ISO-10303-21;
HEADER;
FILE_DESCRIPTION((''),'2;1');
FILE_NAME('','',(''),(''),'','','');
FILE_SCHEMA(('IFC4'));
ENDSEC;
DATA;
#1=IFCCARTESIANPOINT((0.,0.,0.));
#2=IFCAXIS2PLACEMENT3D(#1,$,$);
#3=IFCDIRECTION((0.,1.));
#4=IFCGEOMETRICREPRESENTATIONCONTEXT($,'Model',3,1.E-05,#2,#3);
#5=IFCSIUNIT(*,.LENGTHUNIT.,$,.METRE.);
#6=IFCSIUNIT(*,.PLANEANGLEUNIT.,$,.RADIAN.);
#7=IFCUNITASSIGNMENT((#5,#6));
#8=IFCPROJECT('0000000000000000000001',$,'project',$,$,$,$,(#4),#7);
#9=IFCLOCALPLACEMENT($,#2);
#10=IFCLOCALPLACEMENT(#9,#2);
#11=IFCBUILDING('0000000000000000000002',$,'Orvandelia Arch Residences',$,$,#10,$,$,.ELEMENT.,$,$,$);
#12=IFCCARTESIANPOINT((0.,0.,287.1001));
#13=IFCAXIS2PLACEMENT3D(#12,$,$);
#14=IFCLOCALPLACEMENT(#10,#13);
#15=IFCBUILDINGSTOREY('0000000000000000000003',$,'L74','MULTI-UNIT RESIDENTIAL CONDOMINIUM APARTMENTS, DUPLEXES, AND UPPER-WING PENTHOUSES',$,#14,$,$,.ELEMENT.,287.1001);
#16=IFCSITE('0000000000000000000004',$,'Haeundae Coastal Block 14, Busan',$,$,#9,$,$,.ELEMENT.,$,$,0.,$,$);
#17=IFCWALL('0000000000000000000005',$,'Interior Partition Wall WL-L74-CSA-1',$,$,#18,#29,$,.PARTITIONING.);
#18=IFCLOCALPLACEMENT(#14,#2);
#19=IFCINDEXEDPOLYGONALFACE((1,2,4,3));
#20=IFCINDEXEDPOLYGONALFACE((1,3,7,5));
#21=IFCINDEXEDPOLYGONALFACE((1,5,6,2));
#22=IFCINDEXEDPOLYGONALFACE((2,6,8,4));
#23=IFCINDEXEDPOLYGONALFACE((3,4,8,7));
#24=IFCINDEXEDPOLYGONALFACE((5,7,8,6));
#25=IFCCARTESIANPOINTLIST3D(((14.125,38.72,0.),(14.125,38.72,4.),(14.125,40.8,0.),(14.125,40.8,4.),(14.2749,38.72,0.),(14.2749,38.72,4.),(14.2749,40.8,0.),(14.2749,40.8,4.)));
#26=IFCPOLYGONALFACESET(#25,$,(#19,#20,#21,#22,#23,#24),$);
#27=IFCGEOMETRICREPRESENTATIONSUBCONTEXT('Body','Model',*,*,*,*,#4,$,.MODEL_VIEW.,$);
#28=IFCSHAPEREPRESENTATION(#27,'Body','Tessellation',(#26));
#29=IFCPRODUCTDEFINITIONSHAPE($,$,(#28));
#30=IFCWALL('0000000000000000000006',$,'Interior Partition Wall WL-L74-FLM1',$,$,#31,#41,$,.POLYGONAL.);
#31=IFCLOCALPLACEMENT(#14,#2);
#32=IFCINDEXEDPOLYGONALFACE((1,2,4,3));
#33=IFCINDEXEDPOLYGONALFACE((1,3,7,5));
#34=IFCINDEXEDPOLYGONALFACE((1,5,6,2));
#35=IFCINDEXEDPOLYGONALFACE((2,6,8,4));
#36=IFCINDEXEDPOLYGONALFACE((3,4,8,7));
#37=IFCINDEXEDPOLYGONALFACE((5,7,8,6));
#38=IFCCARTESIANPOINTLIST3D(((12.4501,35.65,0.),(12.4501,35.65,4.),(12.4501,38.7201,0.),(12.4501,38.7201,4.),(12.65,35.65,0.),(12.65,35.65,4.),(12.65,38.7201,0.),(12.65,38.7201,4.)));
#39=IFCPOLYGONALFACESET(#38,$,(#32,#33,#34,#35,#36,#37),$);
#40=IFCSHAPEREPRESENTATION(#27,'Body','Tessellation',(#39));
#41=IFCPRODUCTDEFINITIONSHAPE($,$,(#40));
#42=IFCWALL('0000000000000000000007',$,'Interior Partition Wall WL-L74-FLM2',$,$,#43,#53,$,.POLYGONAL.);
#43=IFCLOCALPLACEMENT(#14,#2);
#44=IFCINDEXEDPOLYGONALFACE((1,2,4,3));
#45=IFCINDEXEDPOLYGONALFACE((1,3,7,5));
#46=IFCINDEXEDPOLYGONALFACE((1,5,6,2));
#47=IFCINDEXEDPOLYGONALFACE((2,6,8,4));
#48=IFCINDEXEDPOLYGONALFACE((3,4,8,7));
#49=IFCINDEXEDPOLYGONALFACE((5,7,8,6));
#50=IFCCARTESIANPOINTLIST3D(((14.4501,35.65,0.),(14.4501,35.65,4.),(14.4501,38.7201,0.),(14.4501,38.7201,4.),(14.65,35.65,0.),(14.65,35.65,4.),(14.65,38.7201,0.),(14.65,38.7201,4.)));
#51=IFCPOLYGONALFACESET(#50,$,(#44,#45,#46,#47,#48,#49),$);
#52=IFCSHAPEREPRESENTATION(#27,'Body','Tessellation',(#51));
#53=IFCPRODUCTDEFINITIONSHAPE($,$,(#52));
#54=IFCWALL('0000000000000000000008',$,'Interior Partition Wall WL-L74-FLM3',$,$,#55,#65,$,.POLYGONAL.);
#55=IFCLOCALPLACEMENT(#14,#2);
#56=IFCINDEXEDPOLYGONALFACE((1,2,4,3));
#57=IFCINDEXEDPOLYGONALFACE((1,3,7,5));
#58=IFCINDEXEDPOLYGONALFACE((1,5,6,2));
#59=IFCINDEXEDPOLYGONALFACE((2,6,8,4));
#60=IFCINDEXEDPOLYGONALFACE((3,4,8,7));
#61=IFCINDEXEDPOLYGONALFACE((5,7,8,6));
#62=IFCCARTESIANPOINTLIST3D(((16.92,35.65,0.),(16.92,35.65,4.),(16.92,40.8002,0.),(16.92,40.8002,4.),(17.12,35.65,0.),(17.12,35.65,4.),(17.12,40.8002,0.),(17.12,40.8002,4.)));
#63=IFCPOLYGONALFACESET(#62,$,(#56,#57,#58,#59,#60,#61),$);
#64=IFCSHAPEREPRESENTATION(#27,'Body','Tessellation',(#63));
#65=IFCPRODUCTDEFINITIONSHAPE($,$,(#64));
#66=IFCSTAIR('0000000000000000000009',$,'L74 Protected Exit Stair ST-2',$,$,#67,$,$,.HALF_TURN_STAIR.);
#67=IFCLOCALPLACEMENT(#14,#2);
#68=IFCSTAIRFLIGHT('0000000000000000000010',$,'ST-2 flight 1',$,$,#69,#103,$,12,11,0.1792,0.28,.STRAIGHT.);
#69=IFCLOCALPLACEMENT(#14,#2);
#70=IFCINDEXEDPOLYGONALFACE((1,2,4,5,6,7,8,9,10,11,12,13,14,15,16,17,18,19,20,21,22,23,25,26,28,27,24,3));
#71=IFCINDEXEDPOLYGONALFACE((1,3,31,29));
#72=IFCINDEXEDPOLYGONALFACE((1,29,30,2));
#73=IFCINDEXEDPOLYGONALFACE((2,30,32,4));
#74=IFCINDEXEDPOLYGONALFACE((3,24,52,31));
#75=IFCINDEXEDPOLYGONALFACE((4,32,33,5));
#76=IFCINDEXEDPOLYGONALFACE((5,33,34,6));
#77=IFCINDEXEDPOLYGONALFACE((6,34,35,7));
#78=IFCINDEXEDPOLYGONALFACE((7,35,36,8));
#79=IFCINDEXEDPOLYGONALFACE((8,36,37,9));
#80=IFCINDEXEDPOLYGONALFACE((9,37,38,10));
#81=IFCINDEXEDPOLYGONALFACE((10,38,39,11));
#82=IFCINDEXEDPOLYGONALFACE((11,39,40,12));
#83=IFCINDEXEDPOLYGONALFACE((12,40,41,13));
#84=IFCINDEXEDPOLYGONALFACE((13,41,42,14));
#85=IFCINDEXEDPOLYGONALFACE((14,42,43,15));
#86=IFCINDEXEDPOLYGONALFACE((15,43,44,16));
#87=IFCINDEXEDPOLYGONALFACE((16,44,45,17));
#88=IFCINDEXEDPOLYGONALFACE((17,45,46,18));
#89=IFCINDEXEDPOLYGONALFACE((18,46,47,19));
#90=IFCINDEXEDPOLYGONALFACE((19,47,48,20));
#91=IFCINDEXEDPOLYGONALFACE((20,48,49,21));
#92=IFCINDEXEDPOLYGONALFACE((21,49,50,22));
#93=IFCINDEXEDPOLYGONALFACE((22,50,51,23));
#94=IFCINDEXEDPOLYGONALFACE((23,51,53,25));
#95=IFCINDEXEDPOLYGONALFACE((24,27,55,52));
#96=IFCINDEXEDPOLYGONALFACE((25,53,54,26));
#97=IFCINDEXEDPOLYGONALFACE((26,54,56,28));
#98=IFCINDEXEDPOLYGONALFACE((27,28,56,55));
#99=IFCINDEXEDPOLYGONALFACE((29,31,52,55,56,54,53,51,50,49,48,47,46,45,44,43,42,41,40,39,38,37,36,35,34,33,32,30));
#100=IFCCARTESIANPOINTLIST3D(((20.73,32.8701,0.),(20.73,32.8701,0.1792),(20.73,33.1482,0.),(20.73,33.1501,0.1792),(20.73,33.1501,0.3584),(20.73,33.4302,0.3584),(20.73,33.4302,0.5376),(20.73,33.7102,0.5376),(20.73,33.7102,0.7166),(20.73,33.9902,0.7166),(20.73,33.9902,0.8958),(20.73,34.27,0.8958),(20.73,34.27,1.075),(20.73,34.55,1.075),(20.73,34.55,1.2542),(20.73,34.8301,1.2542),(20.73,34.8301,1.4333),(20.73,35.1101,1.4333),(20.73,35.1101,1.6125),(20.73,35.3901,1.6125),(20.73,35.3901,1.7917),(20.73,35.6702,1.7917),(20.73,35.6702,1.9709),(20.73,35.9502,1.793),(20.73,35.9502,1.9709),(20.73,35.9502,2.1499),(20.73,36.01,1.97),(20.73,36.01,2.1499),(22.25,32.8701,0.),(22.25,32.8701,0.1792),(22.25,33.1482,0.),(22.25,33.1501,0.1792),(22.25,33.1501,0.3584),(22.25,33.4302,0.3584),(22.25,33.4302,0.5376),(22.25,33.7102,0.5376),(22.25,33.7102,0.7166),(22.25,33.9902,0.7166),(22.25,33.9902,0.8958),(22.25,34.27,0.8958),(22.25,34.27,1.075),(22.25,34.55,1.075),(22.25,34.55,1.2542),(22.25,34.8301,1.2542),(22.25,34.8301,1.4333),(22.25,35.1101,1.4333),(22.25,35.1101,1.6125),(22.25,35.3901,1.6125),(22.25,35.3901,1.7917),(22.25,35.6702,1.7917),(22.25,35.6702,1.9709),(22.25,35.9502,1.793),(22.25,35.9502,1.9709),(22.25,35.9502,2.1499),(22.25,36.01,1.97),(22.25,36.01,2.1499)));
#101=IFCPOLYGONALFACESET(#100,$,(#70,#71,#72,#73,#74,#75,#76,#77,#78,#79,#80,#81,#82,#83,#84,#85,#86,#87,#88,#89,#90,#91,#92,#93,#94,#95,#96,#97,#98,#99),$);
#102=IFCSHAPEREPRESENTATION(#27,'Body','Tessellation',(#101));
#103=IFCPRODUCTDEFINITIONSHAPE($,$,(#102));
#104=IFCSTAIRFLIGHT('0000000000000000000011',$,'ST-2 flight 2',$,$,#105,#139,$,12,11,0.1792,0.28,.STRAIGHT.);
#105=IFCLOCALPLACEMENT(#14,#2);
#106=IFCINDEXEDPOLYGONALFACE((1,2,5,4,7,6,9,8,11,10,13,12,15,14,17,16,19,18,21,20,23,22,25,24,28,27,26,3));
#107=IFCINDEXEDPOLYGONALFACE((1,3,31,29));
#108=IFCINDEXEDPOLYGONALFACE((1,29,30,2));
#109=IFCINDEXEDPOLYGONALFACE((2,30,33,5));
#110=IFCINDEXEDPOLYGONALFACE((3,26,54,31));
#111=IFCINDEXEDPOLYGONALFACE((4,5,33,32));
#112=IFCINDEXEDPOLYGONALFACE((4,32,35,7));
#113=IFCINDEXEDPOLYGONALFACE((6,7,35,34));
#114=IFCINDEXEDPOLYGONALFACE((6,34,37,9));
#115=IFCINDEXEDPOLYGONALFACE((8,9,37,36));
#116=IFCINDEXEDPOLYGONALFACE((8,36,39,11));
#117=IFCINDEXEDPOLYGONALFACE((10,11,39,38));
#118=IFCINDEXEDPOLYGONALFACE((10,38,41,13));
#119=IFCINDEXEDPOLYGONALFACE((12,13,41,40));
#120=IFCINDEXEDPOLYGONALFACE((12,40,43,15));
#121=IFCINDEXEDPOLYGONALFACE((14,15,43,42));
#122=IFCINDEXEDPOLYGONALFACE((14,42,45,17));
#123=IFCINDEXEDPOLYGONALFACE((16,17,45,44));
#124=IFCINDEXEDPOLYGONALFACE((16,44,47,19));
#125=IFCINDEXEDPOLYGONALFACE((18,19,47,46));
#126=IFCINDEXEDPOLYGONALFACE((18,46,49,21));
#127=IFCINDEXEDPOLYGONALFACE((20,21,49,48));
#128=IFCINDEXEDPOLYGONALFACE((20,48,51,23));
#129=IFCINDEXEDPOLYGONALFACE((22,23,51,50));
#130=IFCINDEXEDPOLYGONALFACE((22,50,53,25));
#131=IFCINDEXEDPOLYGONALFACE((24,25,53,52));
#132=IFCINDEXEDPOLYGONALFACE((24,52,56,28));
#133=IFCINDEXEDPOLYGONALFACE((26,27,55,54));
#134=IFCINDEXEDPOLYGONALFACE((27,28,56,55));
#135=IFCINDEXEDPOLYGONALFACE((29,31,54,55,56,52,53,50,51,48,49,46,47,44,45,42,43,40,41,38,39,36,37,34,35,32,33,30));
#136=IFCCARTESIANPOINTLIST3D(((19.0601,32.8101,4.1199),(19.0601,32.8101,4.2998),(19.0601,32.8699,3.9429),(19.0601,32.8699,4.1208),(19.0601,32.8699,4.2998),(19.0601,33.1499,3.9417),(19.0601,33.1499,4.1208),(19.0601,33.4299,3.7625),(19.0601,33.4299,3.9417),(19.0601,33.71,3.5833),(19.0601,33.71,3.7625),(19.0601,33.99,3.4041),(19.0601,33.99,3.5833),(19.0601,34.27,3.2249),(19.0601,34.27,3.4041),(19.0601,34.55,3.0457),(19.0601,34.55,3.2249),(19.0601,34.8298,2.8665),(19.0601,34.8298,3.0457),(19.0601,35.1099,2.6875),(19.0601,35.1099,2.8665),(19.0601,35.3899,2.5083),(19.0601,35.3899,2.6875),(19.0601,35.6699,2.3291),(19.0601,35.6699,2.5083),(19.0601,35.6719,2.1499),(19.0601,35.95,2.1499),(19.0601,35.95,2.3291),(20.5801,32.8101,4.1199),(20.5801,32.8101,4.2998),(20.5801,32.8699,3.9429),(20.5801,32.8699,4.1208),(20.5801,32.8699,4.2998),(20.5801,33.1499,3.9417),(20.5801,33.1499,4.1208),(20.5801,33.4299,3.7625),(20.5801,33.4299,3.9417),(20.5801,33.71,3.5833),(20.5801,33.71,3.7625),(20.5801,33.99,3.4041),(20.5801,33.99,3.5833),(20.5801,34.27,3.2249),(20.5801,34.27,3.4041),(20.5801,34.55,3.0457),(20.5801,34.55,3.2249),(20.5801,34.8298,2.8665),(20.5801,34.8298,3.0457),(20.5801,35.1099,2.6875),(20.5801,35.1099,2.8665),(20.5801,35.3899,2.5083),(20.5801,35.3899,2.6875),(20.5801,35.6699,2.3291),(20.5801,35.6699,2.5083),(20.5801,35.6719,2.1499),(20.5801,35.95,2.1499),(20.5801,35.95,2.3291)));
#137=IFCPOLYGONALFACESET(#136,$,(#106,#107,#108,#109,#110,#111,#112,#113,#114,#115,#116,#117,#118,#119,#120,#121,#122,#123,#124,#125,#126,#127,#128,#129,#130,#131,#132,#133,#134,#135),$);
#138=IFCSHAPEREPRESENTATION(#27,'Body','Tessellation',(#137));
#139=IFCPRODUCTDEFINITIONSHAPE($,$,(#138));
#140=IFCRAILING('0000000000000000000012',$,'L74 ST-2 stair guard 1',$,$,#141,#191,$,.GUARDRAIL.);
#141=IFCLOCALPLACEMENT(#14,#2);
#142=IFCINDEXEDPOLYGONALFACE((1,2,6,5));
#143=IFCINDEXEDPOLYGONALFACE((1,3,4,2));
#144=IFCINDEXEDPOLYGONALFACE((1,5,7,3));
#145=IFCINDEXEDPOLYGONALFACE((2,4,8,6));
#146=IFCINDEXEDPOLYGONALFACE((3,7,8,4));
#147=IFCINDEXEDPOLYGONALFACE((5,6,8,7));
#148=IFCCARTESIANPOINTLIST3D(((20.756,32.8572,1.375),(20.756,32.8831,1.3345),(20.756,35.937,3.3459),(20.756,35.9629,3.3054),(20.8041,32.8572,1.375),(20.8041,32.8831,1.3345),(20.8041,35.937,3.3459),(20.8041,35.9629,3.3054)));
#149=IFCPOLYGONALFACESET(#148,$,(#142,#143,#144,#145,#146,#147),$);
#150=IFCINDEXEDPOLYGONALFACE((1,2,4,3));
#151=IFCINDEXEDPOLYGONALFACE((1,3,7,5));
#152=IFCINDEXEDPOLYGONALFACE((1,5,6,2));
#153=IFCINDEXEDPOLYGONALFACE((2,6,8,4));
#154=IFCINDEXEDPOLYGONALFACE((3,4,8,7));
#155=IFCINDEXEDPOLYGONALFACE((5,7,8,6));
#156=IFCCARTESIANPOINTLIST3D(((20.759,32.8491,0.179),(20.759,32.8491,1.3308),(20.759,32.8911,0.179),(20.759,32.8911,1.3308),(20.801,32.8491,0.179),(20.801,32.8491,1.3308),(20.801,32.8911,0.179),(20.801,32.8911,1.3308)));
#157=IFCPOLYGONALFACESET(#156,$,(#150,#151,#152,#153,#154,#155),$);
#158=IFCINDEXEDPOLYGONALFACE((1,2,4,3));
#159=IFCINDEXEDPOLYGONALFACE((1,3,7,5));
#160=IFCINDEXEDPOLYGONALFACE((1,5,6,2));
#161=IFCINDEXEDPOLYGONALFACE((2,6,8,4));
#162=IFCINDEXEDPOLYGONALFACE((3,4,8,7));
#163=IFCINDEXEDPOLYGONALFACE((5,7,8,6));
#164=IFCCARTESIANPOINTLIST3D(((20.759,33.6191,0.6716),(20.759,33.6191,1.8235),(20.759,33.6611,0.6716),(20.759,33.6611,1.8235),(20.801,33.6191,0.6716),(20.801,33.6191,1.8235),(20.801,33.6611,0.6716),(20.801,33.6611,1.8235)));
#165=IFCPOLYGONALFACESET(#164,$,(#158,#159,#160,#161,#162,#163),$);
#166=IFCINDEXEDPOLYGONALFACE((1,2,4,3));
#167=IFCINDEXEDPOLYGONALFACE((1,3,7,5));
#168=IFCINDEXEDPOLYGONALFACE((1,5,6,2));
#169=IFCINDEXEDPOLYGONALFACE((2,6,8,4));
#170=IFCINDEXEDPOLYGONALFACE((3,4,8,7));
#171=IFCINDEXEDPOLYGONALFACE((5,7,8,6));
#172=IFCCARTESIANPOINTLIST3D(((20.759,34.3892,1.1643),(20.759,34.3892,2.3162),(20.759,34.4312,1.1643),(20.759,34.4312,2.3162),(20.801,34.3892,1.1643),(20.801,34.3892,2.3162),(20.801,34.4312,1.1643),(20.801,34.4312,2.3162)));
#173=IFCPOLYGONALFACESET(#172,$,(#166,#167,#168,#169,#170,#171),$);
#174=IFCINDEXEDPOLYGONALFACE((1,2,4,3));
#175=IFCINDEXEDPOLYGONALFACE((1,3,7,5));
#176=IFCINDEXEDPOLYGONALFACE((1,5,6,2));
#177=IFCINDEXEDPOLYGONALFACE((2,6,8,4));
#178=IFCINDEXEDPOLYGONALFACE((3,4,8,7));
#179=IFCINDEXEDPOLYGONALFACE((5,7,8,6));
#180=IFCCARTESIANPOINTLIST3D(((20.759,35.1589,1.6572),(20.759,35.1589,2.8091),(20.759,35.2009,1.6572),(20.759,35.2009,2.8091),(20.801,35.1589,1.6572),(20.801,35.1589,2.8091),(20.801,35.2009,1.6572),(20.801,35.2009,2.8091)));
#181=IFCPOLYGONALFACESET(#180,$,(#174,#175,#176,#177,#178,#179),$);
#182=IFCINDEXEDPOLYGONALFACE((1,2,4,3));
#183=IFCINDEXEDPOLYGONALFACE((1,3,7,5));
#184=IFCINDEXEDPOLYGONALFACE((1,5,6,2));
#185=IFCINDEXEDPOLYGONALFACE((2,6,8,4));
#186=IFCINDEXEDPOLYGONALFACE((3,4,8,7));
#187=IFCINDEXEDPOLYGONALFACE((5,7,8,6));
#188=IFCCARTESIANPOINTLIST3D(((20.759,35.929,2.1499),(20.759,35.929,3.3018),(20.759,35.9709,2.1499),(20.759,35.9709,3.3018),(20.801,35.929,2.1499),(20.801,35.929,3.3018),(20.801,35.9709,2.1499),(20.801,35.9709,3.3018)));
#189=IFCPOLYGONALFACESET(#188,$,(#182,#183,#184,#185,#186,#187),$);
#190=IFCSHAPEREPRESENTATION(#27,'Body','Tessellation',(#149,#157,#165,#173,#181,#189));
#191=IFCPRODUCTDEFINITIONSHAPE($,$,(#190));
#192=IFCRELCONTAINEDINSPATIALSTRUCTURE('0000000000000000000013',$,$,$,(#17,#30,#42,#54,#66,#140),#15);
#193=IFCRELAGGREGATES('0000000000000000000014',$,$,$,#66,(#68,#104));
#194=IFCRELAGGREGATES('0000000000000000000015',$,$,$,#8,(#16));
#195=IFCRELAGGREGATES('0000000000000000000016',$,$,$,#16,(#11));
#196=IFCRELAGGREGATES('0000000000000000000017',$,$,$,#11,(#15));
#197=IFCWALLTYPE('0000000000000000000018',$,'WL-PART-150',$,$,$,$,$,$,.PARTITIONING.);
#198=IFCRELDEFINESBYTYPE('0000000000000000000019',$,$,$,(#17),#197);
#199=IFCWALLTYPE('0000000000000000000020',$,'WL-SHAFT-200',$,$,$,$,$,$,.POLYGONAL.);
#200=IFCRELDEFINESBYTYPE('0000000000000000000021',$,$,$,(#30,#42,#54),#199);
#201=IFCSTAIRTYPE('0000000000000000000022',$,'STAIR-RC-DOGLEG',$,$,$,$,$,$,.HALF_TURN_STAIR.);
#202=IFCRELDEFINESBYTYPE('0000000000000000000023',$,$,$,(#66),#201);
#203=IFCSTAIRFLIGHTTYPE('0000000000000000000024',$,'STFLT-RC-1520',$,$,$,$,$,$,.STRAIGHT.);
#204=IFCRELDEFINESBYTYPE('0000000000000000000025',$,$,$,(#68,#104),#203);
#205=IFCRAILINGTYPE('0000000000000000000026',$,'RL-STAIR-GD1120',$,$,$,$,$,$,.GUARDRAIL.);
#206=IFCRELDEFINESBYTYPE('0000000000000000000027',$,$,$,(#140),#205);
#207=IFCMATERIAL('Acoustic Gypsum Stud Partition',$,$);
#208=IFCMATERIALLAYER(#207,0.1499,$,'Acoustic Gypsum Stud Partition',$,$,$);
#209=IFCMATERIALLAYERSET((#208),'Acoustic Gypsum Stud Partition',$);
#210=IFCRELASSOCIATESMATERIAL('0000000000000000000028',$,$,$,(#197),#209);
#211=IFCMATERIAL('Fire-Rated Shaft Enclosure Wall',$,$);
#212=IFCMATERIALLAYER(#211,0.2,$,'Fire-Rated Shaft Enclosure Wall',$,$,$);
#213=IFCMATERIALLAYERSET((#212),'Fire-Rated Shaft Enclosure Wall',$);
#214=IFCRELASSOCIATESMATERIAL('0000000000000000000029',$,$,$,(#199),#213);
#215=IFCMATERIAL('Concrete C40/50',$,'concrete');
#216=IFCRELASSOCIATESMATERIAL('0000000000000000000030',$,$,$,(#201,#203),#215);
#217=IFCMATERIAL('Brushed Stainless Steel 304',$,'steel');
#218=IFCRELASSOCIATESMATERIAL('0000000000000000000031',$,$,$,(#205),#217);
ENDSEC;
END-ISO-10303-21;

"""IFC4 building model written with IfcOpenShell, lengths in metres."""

from ifc_helpers import new_model, si_unit, direction, frame, frame_2d, origin, origin_2d, place, context, subcontext, project, spatial, polyline, rectangle, outline, extrude, material, layer, layer_set, type_object, element, aggregate, save


model = new_model("IFC4")

# Units and contexts
model_context = context("Model", 3, precision=1e-05, world=origin(), true_north=direction((0.0, 1.0)))
body_context = subcontext(model_context, "Body", "Model", "MODEL_VIEW")
ifc_project = project(units=[si_unit("LENGTHUNIT", "METRE"), si_unit("PLANEANGLEUNIT", "RADIAN")], contexts=[model_context])

# Site, building, storey
site_placement = place(None, origin())
site = spatial("IfcSite", under=ifc_project, at=site_placement, Name="Haeundae Coastal Block 14, Busan", CompositionType="ELEMENT", RefElevation=0.0)
building_placement = place(site_placement, origin())
building = spatial("IfcBuilding", under=site, at=building_placement, Name="Orvandelia Arch Residences", CompositionType="ELEMENT")
storey_placement = place(building_placement, frame((0.0, 0.0, 287.1001)))
storey = spatial("IfcBuildingStorey", under=building, at=storey_placement, Name="L74", Description="MULTI-UNIT RESIDENTIAL CONDOMINIUM APARTMENTS, DUPLEXES, AND UPPER-WING PENTHOUSES", CompositionType="ELEMENT", Elevation=287.1001)

# Walls
ifc_material_1 = material(Name="Acoustic Gypsum Stud Partition")
ifc_layer_1 = layer(ifc_material_1, 0.1499, Name="Acoustic Gypsum Stud Partition")
ifc_layer_set_1 = layer_set([ifc_layer_1], Name="Acoustic Gypsum Stud Partition")
wall_type_1 = type_object("IfcWallType", Name="WL-PART-150", PredefinedType="PARTITIONING", material=ifc_layer_set_1)
wall_1_placement = place(storey_placement, frame((14.2, 38.72, 0.0), z_axis=(0.0, 0.0, 1.0), x_axis=(0.0, 1.0, 0.0)))
element("IfcWall", 1, at=wall_1_placement, inside=storey, type_object=wall_type_1, Name="Interior Partition Wall WL-L74-CSA-1", PredefinedType="PARTITIONING", context=body_context, shape_type="SweptSolid", body=[
    extrude(rectangle(XDim=2.0801, YDim=0.1499, at=frame_2d((1.04, 0.0))), origin(), (0.0, 0.0, 1.0), 4.0),
])
ifc_material_2 = material(Name="Fire-Rated Shaft Enclosure Wall")
ifc_layer_2 = layer(ifc_material_2, 0.2, Name="Fire-Rated Shaft Enclosure Wall")
ifc_layer_set_2 = layer_set([ifc_layer_2], Name="Fire-Rated Shaft Enclosure Wall")
wall_type_2 = type_object("IfcWallType", Name="WL-SHAFT-200", PredefinedType="POLYGONAL", material=ifc_layer_set_2)
for number, where, z_axis, x_axis, name in (
    (2, (12.55, 35.6499, 0.0), (0.0, 0.0, 1.0), (0.0, 1.0, 0.0), "Interior Partition Wall WL-L74-FLM1"),
    (3, (14.55, 35.6499, 0.0), (0.0, 0.0, 1.0), (0.0, 1.0, 0.0), "Interior Partition Wall WL-L74-FLM2"),
):
    element("IfcWall", number, at=place(storey_placement, frame(where, z_axis=z_axis, x_axis=x_axis)), inside=storey, type_object=wall_type_2, Name=name, PredefinedType="POLYGONAL", context=body_context, shape_type="SweptSolid", body=[
        extrude(rectangle(XDim=3.0701, YDim=0.2, at=frame_2d((1.5352, 0.0))), origin(), (0.0, 0.0, 1.0), 4.0),
    ])
wall_2_placement = place(storey_placement, frame((17.02, 35.6499, 0.0), z_axis=(0.0, 0.0, 1.0), x_axis=(0.0, 1.0, 0.0)))
element("IfcWall", 4, at=wall_2_placement, inside=storey, type_object=wall_type_2, Name="Interior Partition Wall WL-L74-FLM3", PredefinedType="POLYGONAL", context=body_context, shape_type="SweptSolid", body=[
    extrude(rectangle(XDim=5.1501, YDim=0.2, at=frame_2d((2.5752, 0.0))), origin(), (0.0, 0.0, 1.0), 4.0),
])

# Stair, stair flights
ifc_material_3 = material(Name="Concrete C40/50", Category="concrete")
stair_type = type_object("IfcStairType", Name="STAIR-RC-DOGLEG", PredefinedType="HALF_TURN_STAIR", material=ifc_material_3)
stair_placement = place(storey_placement, origin())
stair = element("IfcStair", 5, at=stair_placement, inside=storey, type_object=stair_type, Name="L74 Protected Exit Stair ST-2", PredefinedType="HALF_TURN_STAIR")
stair_flight_type = type_object("IfcStairFlightType", Name="STFLT-RC-1520", PredefinedType="STRAIGHT", material=ifc_material_3)
stair_flight_1_placement = place(storey_placement, frame((21.49, 32.8701, 0.0), z_axis=(0.0, 0.0, 1.0), x_axis=(0.0, 1.0, 0.0)))
stair_flight_1 = element("IfcStairFlight", 6, at=stair_flight_1_placement, type_object=stair_flight_type, Name="ST-2 flight 1", NumberOfRisers=12, NumberOfTreads=11, PredefinedType="STRAIGHT", RiserHeight=0.1792, TreadLength=0.28, context=body_context, shape_type="SweptSolid", body=[
    extrude(outline(polyline([(0.0, 0.0), (0.0, 0.1792), (0.28, 0.1792), (0.28, 0.3584), (0.5601, 0.3584), (0.5601, 0.5376), (0.8401, 0.5376), (0.8401, 0.7166), (1.1201, 0.7166), (1.1201, 0.8958), (1.3999, 0.8958), (1.3999, 1.075), (1.6799, 1.075), (1.6799, 1.2542), (1.96, 1.2542), (1.96, 1.4333), (2.24, 1.4333), (2.24, 1.6125), (2.52, 1.6125), (2.52, 1.7917), (2.8, 1.7917), (2.8, 1.9709), (3.0801, 1.9709), (3.0801, 2.1499), (3.1399, 2.1499), (3.1399, 1.97), (3.0801, 1.793), (0.2781, 0.0), (0.0, 0.0)])), frame((0.0, 0.76, 0.0), z_axis=(0.0, -1.0, 0.0), x_axis=(1.0, 0.0, 0.0)), (0.0, 0.0, 1.0), 1.52),
])
stair_flight_2_placement = place(storey_placement, frame((19.8201, 35.95, 2.1499), z_axis=(0.0, 0.0, 1.0), x_axis=(0.0, -1.0, 0.0)))
stair_flight_2 = element("IfcStairFlight", 7, at=stair_flight_2_placement, type_object=stair_flight_type, Name="ST-2 flight 2", NumberOfRisers=12, NumberOfTreads=11, PredefinedType="STRAIGHT", RiserHeight=0.1792, TreadLength=0.28, context=body_context, shape_type="SweptSolid", body=[
    extrude(outline(polyline([(0.0, 0.0), (0.0, 0.1792), (0.28, 0.1792), (0.28, 0.3584), (0.5601, 0.3584), (0.5601, 0.5376), (0.8401, 0.5376), (0.8401, 0.7166), (1.1201, 0.7166), (1.1201, 0.8958), (1.3999, 0.8958), (1.3999, 1.075), (1.6799, 1.075), (1.6799, 1.2542), (1.96, 1.2542), (1.96, 1.4333), (2.24, 1.4333), (2.24, 1.6125), (2.52, 1.6125), (2.52, 1.7917), (2.8, 1.7917), (2.8, 1.9709), (3.0801, 1.9709), (3.0801, 2.1499), (3.1399, 2.1499), (3.1399, 1.97), (3.0801, 1.793), (0.2781, 0.0), (0.0, 0.0)])), frame((0.0, 0.76, 0.0), z_axis=(0.0, -1.0, 0.0), x_axis=(1.0, 0.0, 0.0)), (0.0, 0.0, 1.0), 1.52),
])
aggregate(stair, [stair_flight_1, stair_flight_2])

# Railing
ifc_material_4 = material(Name="Brushed Stainless Steel 304", Category="steel")
railing_type_1 = type_object("IfcRailingType", Name="RL-STAIR-GD1120", PredefinedType="GUARDRAIL", material=ifc_material_4)
railing_1_placement = place(storey_placement, frame((20.78, 32.8701, 0.179)))
element("IfcRailing", 8, at=railing_1_placement, inside=storey, type_object=railing_type_1, Name="L74 ST-2 stair guard 1", PredefinedType="GUARDRAIL", context=body_context, shape_type="SweptSolid", body=[
    extrude(rectangle(XDim=0.0481, YDim=0.0481, at=origin_2d()), frame((0.0, 0.0, 1.1758), z_axis=(0.0, 0.84229, 0.539025), x_axis=(-1.0, 0.0, 0.0)), (0.0, 0.0, 1.0), 3.6565),
    extrude(rectangle(XDim=0.042, YDim=0.042, at=origin_2d()), origin(), (0.0, 0.0, 1.0), 1.1519),
    extrude(rectangle(XDim=0.042, YDim=0.042, at=origin_2d()), frame((0.0, 0.77, 0.4927)), (0.0, 0.0, 1.0), 1.1519),
    extrude(rectangle(XDim=0.042, YDim=0.042, at=origin_2d()), frame((0.0, 1.54, 0.9854)), (0.0, 0.0, 1.0), 1.1519),
    extrude(rectangle(XDim=0.042, YDim=0.042, at=origin_2d()), frame((0.0, 2.3098, 1.4783)), (0.0, 0.0, 1.0), 1.1519),
    extrude(rectangle(XDim=0.042, YDim=0.042, at=origin_2d()), frame((0.0, 3.0798, 1.9709)), (0.0, 0.0, 1.0), 1.1519),
])

save(model, "model.ifc")
